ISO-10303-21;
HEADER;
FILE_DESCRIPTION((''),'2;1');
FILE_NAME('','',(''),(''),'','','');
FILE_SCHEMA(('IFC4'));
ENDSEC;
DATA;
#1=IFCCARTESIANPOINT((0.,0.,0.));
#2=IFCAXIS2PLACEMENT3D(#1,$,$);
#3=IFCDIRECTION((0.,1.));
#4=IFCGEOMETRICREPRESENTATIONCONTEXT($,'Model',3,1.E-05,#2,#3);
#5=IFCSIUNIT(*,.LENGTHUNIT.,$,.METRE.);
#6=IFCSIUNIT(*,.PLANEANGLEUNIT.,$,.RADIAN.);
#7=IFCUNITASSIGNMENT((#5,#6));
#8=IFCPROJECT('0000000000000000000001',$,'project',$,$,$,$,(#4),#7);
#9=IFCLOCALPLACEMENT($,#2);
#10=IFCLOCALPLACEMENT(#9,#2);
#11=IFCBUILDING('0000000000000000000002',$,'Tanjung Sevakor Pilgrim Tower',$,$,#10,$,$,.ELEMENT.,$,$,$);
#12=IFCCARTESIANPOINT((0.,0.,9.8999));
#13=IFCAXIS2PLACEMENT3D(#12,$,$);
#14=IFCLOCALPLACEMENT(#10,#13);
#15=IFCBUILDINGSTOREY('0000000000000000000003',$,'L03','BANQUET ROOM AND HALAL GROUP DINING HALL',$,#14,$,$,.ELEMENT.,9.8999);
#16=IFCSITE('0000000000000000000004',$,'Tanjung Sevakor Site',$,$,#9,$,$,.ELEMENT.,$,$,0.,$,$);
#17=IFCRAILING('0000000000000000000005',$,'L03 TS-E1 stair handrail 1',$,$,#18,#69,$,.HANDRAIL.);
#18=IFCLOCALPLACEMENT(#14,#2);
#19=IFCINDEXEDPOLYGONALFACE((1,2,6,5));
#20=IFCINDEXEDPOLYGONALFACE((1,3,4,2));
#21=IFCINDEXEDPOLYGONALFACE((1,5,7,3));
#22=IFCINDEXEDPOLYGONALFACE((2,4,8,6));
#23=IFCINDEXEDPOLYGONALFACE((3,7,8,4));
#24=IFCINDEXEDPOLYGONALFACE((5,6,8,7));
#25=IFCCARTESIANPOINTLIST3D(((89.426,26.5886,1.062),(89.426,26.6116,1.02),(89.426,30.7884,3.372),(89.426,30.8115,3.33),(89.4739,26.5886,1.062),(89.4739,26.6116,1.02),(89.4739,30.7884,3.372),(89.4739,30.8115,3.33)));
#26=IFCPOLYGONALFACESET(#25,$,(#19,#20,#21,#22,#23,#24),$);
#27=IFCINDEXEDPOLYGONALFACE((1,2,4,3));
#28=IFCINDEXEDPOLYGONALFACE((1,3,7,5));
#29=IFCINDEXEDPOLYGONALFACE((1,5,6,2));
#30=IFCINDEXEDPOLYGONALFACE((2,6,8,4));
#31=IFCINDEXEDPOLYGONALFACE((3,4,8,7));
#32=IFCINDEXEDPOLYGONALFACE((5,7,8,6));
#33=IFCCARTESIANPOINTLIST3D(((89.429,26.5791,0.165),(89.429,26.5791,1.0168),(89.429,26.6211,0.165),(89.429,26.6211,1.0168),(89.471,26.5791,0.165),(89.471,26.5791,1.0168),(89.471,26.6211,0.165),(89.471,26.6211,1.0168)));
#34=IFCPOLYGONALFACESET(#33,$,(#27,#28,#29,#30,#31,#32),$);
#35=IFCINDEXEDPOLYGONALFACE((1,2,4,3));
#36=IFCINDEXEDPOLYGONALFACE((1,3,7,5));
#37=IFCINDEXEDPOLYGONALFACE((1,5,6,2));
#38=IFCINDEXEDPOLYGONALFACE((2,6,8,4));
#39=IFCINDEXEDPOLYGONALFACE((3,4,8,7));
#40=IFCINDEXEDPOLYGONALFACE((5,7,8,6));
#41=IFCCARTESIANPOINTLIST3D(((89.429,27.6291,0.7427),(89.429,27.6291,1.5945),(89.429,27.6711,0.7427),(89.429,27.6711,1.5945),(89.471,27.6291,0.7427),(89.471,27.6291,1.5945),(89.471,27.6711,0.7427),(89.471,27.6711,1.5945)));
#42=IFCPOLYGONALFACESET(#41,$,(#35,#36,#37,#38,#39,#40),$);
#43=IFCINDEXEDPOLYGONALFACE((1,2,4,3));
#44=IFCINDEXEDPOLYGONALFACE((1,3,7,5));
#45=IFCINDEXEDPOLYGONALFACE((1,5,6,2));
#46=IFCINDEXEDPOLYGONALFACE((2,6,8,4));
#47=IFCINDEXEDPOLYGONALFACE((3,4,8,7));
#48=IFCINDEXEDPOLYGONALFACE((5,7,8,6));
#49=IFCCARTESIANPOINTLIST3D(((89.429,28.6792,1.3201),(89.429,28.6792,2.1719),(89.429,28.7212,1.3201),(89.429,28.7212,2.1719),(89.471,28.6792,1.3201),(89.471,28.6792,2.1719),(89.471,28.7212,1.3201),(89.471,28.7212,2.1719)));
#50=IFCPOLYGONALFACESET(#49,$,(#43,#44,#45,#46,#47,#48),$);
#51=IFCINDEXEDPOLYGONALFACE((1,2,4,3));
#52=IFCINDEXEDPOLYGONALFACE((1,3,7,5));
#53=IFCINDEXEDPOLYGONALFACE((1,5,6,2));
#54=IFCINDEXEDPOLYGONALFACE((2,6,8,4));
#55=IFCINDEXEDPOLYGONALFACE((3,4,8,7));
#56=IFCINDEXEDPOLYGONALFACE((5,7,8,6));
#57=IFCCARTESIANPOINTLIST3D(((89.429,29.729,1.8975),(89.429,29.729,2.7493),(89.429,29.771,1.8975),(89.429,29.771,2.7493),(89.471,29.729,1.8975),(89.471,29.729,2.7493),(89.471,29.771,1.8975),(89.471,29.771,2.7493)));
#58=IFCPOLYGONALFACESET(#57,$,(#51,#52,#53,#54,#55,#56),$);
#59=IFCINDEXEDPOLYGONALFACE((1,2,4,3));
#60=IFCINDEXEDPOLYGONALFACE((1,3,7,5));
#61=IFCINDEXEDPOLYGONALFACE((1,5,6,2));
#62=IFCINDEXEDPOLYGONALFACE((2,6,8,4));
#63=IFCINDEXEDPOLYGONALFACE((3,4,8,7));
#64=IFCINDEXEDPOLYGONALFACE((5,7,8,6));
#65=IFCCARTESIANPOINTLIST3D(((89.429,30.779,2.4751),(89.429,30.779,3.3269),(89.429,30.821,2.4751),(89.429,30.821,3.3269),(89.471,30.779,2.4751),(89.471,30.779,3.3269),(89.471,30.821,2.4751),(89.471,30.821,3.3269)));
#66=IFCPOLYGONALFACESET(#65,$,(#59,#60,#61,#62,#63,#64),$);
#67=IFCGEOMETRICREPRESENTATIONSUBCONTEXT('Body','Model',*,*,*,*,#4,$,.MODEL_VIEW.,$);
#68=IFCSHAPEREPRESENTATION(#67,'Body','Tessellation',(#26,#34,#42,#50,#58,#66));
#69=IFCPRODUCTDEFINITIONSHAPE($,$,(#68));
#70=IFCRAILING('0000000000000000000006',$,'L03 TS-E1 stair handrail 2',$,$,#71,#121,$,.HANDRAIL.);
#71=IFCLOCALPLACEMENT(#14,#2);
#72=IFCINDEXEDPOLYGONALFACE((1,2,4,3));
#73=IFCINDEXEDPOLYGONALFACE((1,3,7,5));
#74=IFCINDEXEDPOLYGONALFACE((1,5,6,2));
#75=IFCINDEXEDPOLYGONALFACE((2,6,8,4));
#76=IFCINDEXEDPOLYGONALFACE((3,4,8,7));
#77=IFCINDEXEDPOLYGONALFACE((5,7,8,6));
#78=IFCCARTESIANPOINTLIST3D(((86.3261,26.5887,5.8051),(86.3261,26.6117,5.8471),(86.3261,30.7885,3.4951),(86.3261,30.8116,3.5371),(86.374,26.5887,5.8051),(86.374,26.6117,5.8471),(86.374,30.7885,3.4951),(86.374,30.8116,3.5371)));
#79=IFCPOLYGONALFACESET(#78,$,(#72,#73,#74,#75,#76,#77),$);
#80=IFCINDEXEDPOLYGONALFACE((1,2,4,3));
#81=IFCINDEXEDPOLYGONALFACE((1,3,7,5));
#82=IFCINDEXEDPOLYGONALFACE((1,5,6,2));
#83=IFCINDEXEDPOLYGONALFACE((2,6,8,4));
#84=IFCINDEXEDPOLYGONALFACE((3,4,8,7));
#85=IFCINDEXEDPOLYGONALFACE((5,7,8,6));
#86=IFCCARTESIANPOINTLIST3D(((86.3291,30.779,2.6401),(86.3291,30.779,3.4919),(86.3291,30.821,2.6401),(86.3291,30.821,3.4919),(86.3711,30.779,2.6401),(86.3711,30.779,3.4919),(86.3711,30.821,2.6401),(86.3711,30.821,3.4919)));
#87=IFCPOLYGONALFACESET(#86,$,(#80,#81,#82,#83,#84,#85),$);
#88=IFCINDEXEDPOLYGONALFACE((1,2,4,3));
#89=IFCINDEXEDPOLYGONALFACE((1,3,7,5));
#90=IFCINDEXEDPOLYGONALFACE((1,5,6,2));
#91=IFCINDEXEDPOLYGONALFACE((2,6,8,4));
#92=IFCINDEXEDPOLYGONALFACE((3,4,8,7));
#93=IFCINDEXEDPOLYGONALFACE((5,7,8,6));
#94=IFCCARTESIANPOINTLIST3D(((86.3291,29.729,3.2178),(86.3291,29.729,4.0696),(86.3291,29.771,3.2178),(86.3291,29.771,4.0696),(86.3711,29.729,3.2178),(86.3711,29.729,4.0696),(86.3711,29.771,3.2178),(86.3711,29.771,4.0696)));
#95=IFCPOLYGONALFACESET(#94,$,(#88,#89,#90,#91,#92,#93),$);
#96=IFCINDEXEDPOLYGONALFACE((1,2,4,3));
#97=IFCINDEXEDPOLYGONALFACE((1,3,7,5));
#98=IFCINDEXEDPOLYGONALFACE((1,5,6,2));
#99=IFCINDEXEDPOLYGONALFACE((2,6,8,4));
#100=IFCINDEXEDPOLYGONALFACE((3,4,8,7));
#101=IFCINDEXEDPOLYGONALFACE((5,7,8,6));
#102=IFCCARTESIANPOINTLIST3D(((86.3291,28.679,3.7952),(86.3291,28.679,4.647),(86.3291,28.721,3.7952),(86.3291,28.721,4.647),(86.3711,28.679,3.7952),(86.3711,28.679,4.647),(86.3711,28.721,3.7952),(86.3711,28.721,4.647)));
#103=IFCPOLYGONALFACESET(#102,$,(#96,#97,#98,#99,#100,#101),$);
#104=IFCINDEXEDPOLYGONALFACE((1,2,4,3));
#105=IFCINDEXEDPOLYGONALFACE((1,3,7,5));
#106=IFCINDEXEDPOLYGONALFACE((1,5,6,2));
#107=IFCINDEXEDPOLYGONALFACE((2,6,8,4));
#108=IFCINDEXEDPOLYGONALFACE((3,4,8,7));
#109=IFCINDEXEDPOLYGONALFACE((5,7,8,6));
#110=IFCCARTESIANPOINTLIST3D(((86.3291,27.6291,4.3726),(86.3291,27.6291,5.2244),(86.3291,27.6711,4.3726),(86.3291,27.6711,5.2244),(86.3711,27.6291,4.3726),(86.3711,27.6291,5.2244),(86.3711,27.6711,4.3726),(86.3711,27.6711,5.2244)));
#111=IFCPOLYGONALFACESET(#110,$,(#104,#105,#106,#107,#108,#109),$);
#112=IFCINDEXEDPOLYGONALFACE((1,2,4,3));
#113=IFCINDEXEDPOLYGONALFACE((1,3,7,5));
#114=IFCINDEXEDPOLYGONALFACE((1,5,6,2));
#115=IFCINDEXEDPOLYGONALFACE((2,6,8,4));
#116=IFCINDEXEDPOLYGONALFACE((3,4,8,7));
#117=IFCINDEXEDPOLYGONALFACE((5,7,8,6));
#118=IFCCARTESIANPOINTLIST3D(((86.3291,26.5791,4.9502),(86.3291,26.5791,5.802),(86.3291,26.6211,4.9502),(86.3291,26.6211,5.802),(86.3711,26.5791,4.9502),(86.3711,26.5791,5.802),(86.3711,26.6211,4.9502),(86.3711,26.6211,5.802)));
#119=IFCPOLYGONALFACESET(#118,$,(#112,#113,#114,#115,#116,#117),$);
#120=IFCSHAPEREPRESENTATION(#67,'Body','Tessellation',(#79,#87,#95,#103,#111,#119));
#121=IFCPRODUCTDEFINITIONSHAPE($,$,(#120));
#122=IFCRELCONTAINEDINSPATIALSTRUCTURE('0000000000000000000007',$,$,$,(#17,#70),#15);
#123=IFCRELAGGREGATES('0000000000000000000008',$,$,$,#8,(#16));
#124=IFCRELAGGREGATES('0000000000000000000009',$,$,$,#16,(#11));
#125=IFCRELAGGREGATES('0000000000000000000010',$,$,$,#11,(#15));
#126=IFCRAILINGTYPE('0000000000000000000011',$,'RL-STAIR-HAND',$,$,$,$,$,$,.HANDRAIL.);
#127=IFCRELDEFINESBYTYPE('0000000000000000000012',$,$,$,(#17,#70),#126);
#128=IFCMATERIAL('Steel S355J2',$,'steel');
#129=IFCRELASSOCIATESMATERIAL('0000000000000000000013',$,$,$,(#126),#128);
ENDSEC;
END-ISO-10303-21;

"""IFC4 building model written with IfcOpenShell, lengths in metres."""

from ifc_helpers import new_model, si_unit, direction, frame, origin, place, context, subcontext, project, spatial, rectangle, extrude, material, type_object, element, save


model = new_model("IFC4")

# Units and contexts
model_context = context("Model", 3, precision=1e-05, world=origin(), true_north=direction((0.0, 1.0)))
body_context = subcontext(model_context, "Body", "Model", "MODEL_VIEW")
ifc_project = project(units=[si_unit("LENGTHUNIT", "METRE"), si_unit("PLANEANGLEUNIT", "RADIAN")], contexts=[model_context])

# Site, building, storey
site_placement = place(None, origin())
site = spatial("IfcSite", under=ifc_project, at=site_placement, Name="Tanjung Sevakor Site", CompositionType="ELEMENT", RefElevation=0.0)
building_placement = place(site_placement, origin())
building = spatial("IfcBuilding", under=site, at=building_placement, Name="Tanjung Sevakor Pilgrim Tower", CompositionType="ELEMENT")
storey_placement = place(building_placement, frame((0.0, 0.0, 9.8999)))
storey = spatial("IfcBuildingStorey", under=building, at=storey_placement, Name="L03", Description="BANQUET ROOM AND HALAL GROUP DINING HALL", CompositionType="ELEMENT", Elevation=9.8999)

# Railings
ifc_material_1 = material(Name="Steel S355J2", Category="steel")
railing_type_1 = type_object("IfcRailingType", Name="RL-STAIR-HAND", PredefinedType="HANDRAIL", material=ifc_material_1)
railing_1_placement = place(storey_placement, frame((89.45, 26.6001, 0.165)))
element("IfcRailing", 1, at=railing_1_placement, inside=storey, type_object=railing_type_1, Name="L03 TS-E1 stair handrail 1", PredefinedType="HANDRAIL", context=body_context, shape_type="SweptSolid", body=[
    extrude(rectangle(XDim=0.0479, YDim=0.0479), frame((0.0, 0.0, 0.876), z_axis=(0.0, 0.876208, 0.481932), x_axis=(-1.0, 0.0, 0.0)), (0.0, 0.0, 1.0), 4.7932),
    extrude(rectangle(XDim=0.042, YDim=0.042), origin(), (0.0, 0.0, 1.0), 0.8518),
    extrude(rectangle(XDim=0.042, YDim=0.042), frame((0.0, 1.05, 0.5776)), (0.0, 0.0, 1.0), 0.8518),
    extrude(rectangle(XDim=0.042, YDim=0.042), frame((0.0, 2.1001, 1.155)), (0.0, 0.0, 1.0), 0.8518),
    extrude(rectangle(XDim=0.042, YDim=0.042), frame((0.0, 3.1499, 1.7324)), (0.0, 0.0, 1.0), 0.8518),
    extrude(rectangle(XDim=0.042, YDim=0.042), frame((0.0, 4.2, 2.3101)), (0.0, 0.0, 1.0), 0.8518),
])
railing_2_placement = place(storey_placement, frame((86.3501, 30.8, 2.6401)))
element("IfcRailing", 2, at=railing_2_placement, inside=storey, type_object=railing_type_1, Name="L03 TS-E1 stair handrail 2", PredefinedType="HANDRAIL", context=body_context, shape_type="SweptSolid", body=[
    extrude(rectangle(XDim=0.0479, YDim=0.0479), frame((0.0, 0.0, 0.876), z_axis=(0.0, -0.876208, 0.481932), x_axis=(1.0, 0.0, 0.0)), (0.0, 0.0, 1.0), 4.7932),
    extrude(rectangle(XDim=0.042, YDim=0.042), origin(), (0.0, 0.0, 1.0), 0.8518),
    extrude(rectangle(XDim=0.042, YDim=0.042), frame((0.0, -1.05, 0.5776)), (0.0, 0.0, 1.0), 0.8518),
    extrude(rectangle(XDim=0.042, YDim=0.042), frame((0.0, -2.1001, 1.155)), (0.0, 0.0, 1.0), 0.8518),
    extrude(rectangle(XDim=0.042, YDim=0.042), frame((0.0, -3.1499, 1.7324)), (0.0, 0.0, 1.0), 0.8518),
    extrude(rectangle(XDim=0.042, YDim=0.042), frame((0.0, -4.2, 2.3101)), (0.0, 0.0, 1.0), 0.8518),
])

save(model, "model.ifc")
